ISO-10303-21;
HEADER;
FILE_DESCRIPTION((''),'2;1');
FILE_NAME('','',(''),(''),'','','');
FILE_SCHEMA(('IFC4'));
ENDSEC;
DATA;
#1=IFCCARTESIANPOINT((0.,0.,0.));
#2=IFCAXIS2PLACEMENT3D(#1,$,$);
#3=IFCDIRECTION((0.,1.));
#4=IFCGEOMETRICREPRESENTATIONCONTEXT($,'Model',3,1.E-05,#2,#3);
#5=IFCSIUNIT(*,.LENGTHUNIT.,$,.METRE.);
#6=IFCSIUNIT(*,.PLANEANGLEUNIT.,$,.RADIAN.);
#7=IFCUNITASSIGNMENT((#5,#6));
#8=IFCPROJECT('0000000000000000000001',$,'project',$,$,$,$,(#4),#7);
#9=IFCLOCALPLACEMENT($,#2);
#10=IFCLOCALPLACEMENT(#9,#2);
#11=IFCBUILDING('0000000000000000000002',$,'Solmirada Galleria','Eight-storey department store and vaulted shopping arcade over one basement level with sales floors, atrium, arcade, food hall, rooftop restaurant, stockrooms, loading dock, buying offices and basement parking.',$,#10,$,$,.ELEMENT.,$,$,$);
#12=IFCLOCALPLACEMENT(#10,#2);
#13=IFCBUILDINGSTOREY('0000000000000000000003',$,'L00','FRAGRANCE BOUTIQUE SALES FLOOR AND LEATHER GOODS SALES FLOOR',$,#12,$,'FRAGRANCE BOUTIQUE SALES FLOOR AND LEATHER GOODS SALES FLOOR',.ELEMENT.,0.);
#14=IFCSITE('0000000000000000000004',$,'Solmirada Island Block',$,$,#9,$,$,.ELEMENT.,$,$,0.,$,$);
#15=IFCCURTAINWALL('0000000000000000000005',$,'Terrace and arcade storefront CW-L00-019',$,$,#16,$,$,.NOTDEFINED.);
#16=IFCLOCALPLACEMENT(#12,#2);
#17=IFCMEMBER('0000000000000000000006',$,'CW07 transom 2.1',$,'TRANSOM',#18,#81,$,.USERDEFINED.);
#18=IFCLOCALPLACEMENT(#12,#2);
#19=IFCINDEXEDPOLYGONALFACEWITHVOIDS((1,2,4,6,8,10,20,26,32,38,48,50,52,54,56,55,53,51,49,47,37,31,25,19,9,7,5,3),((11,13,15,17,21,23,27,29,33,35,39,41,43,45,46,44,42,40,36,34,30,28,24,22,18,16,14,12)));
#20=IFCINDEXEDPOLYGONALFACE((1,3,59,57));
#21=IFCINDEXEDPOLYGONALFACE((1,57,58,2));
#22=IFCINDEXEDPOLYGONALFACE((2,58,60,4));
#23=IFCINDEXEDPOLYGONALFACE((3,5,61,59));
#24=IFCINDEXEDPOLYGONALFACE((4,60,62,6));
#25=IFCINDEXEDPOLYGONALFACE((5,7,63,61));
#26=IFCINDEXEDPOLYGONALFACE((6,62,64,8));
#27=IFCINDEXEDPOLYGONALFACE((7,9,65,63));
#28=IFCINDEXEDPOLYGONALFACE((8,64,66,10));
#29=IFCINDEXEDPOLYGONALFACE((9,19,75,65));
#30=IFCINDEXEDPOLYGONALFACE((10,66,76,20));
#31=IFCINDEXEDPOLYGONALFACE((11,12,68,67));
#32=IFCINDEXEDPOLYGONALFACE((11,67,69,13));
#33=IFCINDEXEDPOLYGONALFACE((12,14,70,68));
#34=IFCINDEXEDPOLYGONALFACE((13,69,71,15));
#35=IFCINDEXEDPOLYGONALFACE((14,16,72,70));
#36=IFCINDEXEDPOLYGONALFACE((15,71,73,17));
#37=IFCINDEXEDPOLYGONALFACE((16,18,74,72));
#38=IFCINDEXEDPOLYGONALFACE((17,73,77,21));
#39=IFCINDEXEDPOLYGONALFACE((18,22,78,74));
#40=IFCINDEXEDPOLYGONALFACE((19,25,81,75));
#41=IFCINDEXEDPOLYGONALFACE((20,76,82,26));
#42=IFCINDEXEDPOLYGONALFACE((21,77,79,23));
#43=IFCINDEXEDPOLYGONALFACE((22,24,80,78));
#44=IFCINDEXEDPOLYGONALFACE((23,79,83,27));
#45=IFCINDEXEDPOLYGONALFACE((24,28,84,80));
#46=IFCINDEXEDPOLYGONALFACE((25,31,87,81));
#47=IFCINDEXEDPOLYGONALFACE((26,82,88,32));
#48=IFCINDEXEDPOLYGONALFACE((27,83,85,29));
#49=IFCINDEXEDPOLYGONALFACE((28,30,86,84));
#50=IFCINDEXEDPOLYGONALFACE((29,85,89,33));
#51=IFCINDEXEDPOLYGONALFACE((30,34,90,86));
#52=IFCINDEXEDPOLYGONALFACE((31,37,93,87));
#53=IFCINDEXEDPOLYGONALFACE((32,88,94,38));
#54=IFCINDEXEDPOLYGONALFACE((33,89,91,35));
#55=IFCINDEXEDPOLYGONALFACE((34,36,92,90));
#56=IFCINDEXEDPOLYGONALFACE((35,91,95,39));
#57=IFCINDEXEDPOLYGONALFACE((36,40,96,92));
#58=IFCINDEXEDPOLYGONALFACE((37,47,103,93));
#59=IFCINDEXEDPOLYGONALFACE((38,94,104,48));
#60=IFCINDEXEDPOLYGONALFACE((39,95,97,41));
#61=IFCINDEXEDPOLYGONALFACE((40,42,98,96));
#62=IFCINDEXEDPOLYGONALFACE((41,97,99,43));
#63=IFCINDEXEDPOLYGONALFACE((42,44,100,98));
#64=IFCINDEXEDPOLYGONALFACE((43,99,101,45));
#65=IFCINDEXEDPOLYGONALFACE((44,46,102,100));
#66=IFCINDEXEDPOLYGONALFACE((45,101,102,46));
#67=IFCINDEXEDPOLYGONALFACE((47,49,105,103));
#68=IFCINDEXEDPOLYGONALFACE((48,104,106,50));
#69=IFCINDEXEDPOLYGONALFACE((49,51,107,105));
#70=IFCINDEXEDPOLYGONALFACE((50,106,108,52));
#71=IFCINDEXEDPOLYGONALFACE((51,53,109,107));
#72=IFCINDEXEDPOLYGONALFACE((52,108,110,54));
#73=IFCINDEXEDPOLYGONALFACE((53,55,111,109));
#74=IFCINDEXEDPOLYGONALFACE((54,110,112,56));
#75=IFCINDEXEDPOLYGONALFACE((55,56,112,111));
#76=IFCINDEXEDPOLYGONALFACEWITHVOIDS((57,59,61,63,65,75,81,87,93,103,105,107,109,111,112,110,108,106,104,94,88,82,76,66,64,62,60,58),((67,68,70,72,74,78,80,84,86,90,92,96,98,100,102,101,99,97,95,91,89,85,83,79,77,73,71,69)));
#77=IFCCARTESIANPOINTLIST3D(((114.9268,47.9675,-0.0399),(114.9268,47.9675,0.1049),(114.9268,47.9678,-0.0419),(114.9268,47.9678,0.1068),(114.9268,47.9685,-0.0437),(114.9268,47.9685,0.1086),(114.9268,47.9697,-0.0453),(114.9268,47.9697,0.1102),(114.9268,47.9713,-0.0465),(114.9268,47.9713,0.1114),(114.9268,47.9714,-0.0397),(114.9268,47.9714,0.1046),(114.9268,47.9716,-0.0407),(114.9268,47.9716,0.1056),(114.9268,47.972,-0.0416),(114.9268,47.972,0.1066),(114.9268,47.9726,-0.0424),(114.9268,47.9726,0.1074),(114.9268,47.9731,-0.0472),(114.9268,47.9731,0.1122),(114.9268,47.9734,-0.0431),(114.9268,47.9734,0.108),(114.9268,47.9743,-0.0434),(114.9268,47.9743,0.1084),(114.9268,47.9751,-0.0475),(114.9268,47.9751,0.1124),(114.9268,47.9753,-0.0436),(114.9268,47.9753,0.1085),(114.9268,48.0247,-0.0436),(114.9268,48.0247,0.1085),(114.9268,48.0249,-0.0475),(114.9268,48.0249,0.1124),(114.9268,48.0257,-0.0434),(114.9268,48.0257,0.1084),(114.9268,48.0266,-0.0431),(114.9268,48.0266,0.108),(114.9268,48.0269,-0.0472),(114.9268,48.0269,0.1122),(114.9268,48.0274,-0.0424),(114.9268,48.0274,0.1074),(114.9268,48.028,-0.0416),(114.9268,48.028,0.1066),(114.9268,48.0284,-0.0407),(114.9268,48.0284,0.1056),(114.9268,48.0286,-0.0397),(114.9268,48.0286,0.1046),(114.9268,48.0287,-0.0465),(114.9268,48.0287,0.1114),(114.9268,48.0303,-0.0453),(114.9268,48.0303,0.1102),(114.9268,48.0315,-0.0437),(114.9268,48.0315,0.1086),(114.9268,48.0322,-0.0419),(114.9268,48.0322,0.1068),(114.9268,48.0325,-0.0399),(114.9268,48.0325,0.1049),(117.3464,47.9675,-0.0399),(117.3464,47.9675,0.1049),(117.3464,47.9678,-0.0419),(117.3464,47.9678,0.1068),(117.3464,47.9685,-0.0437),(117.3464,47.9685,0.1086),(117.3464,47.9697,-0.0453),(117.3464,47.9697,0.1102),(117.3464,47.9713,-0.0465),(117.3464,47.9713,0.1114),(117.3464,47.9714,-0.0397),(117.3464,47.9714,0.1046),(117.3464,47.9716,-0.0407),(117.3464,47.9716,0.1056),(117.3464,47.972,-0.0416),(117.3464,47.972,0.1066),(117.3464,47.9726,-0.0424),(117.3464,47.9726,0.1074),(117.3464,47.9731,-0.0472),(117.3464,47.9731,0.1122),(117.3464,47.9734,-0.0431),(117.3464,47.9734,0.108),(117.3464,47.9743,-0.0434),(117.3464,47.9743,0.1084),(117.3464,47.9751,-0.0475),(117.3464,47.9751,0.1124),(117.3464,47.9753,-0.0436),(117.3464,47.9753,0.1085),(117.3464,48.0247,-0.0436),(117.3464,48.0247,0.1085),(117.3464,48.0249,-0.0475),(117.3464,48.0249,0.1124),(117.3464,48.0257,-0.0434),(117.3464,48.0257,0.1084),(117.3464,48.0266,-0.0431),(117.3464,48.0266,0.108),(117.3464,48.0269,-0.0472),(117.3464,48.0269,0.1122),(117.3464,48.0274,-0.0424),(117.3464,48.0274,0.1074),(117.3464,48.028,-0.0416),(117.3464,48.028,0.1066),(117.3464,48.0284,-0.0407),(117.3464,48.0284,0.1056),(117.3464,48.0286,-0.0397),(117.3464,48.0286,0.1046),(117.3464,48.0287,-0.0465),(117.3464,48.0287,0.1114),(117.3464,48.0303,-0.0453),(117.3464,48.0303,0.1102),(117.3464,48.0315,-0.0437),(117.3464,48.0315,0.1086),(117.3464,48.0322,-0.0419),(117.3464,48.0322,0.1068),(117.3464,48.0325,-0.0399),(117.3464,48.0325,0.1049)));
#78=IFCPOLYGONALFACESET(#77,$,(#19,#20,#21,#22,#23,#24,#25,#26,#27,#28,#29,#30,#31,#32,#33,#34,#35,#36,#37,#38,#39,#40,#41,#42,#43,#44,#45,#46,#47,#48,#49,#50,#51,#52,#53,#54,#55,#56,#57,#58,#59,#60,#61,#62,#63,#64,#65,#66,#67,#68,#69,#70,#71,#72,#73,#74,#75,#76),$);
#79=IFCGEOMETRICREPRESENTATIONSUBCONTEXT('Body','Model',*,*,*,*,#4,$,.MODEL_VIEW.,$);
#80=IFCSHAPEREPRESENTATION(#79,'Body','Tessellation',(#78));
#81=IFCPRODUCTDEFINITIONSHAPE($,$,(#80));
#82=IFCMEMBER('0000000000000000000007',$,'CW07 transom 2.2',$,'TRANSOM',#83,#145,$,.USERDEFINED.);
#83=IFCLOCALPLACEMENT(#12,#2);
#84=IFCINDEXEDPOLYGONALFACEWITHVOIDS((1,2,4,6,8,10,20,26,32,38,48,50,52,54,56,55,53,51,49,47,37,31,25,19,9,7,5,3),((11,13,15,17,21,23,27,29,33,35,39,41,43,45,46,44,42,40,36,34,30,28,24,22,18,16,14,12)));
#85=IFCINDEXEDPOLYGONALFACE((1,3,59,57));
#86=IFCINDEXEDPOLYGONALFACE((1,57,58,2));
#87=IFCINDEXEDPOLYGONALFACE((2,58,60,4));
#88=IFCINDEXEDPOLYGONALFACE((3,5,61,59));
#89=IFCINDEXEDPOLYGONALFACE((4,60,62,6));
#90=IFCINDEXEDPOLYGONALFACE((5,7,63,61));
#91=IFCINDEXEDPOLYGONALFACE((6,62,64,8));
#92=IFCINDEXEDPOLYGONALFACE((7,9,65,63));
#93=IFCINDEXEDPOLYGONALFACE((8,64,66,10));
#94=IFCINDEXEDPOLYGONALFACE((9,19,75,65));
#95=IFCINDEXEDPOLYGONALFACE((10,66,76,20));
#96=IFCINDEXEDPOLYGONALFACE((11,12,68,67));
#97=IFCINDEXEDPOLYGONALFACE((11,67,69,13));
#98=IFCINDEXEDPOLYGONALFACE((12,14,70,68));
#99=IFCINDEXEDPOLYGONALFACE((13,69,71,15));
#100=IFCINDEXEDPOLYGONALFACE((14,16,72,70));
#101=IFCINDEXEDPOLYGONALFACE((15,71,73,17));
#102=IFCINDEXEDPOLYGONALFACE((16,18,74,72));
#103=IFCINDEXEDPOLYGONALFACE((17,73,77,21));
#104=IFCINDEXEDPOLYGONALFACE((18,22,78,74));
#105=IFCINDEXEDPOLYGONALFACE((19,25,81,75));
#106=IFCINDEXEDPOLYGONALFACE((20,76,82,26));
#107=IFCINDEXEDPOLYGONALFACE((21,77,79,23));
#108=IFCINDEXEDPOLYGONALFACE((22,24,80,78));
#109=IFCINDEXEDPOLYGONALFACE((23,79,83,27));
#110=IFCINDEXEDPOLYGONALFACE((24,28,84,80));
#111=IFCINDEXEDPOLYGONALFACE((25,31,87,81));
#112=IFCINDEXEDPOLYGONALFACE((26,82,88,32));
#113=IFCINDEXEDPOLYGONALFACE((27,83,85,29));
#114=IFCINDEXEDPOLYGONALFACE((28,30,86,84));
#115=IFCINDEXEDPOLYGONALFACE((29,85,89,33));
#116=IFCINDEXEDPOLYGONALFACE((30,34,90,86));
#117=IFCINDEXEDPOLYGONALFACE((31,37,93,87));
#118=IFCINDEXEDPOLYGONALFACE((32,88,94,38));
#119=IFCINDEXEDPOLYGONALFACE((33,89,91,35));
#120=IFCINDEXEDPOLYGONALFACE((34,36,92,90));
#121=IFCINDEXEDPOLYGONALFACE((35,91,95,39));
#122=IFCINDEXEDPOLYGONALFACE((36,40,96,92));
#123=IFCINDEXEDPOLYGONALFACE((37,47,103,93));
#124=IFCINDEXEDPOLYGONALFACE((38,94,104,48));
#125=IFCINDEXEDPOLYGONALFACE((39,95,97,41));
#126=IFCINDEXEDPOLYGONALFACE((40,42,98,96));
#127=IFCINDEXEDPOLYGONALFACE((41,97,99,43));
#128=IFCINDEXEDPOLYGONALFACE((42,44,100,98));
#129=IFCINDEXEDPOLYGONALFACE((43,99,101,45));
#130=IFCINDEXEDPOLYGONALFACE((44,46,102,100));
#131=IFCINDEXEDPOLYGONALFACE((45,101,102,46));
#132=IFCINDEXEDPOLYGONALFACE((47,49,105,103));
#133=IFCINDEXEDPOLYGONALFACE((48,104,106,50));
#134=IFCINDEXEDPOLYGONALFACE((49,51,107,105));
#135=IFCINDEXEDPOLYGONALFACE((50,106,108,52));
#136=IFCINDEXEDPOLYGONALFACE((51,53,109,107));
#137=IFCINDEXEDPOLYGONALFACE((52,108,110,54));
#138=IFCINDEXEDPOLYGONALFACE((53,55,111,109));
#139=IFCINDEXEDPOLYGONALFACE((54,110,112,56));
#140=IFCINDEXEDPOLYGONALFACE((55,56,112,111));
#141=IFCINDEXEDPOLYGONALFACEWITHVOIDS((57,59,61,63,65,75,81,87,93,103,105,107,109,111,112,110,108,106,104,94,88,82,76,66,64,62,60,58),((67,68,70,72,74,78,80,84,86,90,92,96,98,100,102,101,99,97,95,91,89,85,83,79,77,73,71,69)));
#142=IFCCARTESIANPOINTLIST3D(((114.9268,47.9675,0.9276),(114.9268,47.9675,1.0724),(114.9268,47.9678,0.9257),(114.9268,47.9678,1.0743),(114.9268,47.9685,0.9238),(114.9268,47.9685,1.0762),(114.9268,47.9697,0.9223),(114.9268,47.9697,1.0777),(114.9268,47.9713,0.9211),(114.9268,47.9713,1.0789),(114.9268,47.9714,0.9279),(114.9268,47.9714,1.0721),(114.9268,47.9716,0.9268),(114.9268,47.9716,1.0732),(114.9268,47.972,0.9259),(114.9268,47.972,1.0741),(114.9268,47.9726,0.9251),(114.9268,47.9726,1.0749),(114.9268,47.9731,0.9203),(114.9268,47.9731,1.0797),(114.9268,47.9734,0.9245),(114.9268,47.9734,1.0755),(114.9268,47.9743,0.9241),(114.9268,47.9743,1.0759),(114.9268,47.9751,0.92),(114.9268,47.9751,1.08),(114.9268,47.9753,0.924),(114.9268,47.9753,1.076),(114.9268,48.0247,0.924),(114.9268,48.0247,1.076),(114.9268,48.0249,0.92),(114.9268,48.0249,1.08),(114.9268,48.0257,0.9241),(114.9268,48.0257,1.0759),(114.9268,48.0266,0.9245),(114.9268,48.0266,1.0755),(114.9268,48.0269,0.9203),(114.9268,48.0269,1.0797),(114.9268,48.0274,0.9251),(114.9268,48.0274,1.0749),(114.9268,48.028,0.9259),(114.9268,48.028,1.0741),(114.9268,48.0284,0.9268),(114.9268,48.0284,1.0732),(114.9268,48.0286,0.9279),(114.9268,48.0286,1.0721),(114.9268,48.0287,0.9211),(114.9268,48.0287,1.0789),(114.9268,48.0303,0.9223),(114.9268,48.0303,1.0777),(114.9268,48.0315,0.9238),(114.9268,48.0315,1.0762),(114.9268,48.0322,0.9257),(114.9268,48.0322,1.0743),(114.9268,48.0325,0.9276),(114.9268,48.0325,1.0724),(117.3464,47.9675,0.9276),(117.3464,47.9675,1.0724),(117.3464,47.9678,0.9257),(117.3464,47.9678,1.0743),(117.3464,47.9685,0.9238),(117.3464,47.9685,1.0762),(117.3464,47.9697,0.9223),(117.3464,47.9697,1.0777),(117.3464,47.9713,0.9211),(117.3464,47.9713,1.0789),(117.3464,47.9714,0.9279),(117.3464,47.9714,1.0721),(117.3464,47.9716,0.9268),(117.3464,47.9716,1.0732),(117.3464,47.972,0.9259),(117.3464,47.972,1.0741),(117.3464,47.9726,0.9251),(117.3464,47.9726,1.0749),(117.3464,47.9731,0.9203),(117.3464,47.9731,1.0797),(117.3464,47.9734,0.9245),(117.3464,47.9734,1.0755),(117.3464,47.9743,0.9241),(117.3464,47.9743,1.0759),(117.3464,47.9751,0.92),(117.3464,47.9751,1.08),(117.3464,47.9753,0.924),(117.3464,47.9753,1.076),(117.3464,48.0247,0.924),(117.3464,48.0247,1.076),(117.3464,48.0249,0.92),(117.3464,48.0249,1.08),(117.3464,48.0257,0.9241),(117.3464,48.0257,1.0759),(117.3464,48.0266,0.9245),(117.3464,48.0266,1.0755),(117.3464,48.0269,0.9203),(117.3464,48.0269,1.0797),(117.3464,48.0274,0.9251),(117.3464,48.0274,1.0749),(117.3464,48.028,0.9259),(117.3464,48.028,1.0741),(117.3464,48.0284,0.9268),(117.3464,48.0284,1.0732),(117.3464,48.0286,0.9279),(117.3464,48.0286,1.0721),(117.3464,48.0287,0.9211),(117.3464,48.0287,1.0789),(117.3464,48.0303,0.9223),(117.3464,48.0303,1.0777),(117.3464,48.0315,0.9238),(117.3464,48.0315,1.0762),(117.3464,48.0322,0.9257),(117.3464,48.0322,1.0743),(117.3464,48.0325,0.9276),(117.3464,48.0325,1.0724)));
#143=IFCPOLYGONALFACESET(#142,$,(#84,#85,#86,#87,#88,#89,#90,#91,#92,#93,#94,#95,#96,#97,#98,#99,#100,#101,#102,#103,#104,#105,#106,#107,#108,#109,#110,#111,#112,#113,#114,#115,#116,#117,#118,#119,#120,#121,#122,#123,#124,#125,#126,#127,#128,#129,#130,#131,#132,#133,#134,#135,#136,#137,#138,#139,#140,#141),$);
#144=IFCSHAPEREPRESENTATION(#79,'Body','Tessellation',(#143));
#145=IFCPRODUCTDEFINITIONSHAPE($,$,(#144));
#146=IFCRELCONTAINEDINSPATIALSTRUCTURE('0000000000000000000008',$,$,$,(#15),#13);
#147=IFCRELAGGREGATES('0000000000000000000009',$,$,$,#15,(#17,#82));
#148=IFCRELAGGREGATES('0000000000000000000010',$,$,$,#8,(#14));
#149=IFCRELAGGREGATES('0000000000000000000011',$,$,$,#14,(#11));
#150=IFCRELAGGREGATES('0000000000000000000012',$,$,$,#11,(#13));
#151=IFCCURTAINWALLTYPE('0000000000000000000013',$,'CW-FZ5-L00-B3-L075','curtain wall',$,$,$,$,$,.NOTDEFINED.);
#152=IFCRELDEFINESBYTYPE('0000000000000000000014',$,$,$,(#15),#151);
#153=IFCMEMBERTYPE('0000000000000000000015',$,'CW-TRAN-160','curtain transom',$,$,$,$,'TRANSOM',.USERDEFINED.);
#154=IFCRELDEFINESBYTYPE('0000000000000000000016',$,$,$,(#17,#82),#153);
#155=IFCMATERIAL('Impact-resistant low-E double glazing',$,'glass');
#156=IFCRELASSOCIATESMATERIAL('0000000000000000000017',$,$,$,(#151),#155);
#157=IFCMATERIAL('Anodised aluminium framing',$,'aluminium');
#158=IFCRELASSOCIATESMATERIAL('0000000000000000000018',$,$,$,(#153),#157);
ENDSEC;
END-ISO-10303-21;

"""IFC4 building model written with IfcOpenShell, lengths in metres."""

from ifc_helpers import new_model, si_unit, direction, frame, origin, origin_2d, place, context, subcontext, project, spatial, hollow_rectangle, extrude, material, material_profile, profile_set, type_object, element, aggregate, save


model = new_model("IFC4")

# Units and contexts
model_context = context("Model", 3, precision=1e-05, world=origin(), true_north=direction((0.0, 1.0)))
body_context = subcontext(model_context, "Body", "Model", "MODEL_VIEW")
ifc_project = project(units=[si_unit("LENGTHUNIT", "METRE"), si_unit("PLANEANGLEUNIT", "RADIAN")], contexts=[model_context])

# Site, building, storey
site_placement = place(None, origin())
site = spatial("IfcSite", under=ifc_project, at=site_placement, Name="Solmirada Island Block", CompositionType="ELEMENT", RefElevation=0.0)
building_placement = place(site_placement, origin())
building = spatial("IfcBuilding", under=site, at=building_placement, Name="Solmirada Galleria", Description="Eight-storey department store and vaulted shopping arcade over one basement level with sales floors, atrium, arcade, food hall, rooftop restaurant, stockrooms, loading dock, buying offices and basement parking.", CompositionType="ELEMENT")
storey_placement = place(building_placement, origin())
storey = spatial("IfcBuildingStorey", under=building, at=storey_placement, Name="L00", Description="FRAGRANCE BOUTIQUE SALES FLOOR AND LEATHER GOODS SALES FLOOR", LongName="FRAGRANCE BOUTIQUE SALES FLOOR AND LEATHER GOODS SALES FLOOR", CompositionType="ELEMENT", Elevation=0.0)

# Curtain wall, members
ifc_material_1 = material(Name="Impact-resistant low-E double glazing", Category="glass")
curtain_wall_type = type_object("IfcCurtainWallType", Name="CW-FZ5-L00-B3-L075", Description="curtain wall", PredefinedType="NOTDEFINED", material=ifc_material_1)
curtain_wall_placement = place(storey_placement, origin())
curtain_wall = element("IfcCurtainWall", 1, at=curtain_wall_placement, inside=storey, type_object=curtain_wall_type, Name="Terrace and arcade storefront CW-L00-019", PredefinedType="NOTDEFINED")
ifc_material_2 = material(Name="Anodised aluminium framing", Category="aluminium")
ifc_material_profile_1 = material_profile(ifc_material_2, hollow_rectangle(XDim=0.0649, YDim=0.1599, WallThickness=0.0039, InnerFilletRadius=0.0039, OuterFilletRadius=0.0076, at=origin_2d()), Name="ALU-TRAN-160X65")
ifc_profile_set_1 = profile_set([ifc_material_profile_1], Name="Anodised aluminium framing")
member_type_1 = type_object("IfcMemberType", Name="CW-TRAN-160", Description="curtain transom", ElementType="TRANSOM", PredefinedType="USERDEFINED", material=ifc_profile_set_1)
member_1_placement = place(storey_placement, frame((114.9268, 48.0, 0.0325), z_axis=(1.0, 0.0, 0.0), x_axis=(0.0, 1.0, 0.0)))
member_1 = element("IfcMember", 2, at=member_1_placement, type_object=member_type_1, Name="CW07 transom 2.1", ObjectType="TRANSOM", PredefinedType="USERDEFINED", context=body_context, shape_type="SweptSolid", body=[
    extrude(hollow_rectangle(XDim=0.0649, YDim=0.1599, WallThickness=0.0039, InnerFilletRadius=0.0039, OuterFilletRadius=0.0076, at=origin_2d()), origin(), (0.0, 0.0, 1.0), 2.4197),
])
member_2_placement = place(storey_placement, frame((114.9268, 48.0, 1.0), z_axis=(1.0, 0.0, 0.0), x_axis=(0.0, 1.0, 0.0)))
member_2 = element("IfcMember", 3, at=member_2_placement, type_object=member_type_1, Name="CW07 transom 2.2", ObjectType="TRANSOM", PredefinedType="USERDEFINED", context=body_context, shape_type="SweptSolid", body=[
    extrude(hollow_rectangle(XDim=0.0649, YDim=0.1599, WallThickness=0.0039, InnerFilletRadius=0.0039, OuterFilletRadius=0.0076, at=origin_2d()), origin(), (0.0, 0.0, 1.0), 2.4197),
])
aggregate(curtain_wall, [member_1, member_2])

save(model, "model.ifc")
